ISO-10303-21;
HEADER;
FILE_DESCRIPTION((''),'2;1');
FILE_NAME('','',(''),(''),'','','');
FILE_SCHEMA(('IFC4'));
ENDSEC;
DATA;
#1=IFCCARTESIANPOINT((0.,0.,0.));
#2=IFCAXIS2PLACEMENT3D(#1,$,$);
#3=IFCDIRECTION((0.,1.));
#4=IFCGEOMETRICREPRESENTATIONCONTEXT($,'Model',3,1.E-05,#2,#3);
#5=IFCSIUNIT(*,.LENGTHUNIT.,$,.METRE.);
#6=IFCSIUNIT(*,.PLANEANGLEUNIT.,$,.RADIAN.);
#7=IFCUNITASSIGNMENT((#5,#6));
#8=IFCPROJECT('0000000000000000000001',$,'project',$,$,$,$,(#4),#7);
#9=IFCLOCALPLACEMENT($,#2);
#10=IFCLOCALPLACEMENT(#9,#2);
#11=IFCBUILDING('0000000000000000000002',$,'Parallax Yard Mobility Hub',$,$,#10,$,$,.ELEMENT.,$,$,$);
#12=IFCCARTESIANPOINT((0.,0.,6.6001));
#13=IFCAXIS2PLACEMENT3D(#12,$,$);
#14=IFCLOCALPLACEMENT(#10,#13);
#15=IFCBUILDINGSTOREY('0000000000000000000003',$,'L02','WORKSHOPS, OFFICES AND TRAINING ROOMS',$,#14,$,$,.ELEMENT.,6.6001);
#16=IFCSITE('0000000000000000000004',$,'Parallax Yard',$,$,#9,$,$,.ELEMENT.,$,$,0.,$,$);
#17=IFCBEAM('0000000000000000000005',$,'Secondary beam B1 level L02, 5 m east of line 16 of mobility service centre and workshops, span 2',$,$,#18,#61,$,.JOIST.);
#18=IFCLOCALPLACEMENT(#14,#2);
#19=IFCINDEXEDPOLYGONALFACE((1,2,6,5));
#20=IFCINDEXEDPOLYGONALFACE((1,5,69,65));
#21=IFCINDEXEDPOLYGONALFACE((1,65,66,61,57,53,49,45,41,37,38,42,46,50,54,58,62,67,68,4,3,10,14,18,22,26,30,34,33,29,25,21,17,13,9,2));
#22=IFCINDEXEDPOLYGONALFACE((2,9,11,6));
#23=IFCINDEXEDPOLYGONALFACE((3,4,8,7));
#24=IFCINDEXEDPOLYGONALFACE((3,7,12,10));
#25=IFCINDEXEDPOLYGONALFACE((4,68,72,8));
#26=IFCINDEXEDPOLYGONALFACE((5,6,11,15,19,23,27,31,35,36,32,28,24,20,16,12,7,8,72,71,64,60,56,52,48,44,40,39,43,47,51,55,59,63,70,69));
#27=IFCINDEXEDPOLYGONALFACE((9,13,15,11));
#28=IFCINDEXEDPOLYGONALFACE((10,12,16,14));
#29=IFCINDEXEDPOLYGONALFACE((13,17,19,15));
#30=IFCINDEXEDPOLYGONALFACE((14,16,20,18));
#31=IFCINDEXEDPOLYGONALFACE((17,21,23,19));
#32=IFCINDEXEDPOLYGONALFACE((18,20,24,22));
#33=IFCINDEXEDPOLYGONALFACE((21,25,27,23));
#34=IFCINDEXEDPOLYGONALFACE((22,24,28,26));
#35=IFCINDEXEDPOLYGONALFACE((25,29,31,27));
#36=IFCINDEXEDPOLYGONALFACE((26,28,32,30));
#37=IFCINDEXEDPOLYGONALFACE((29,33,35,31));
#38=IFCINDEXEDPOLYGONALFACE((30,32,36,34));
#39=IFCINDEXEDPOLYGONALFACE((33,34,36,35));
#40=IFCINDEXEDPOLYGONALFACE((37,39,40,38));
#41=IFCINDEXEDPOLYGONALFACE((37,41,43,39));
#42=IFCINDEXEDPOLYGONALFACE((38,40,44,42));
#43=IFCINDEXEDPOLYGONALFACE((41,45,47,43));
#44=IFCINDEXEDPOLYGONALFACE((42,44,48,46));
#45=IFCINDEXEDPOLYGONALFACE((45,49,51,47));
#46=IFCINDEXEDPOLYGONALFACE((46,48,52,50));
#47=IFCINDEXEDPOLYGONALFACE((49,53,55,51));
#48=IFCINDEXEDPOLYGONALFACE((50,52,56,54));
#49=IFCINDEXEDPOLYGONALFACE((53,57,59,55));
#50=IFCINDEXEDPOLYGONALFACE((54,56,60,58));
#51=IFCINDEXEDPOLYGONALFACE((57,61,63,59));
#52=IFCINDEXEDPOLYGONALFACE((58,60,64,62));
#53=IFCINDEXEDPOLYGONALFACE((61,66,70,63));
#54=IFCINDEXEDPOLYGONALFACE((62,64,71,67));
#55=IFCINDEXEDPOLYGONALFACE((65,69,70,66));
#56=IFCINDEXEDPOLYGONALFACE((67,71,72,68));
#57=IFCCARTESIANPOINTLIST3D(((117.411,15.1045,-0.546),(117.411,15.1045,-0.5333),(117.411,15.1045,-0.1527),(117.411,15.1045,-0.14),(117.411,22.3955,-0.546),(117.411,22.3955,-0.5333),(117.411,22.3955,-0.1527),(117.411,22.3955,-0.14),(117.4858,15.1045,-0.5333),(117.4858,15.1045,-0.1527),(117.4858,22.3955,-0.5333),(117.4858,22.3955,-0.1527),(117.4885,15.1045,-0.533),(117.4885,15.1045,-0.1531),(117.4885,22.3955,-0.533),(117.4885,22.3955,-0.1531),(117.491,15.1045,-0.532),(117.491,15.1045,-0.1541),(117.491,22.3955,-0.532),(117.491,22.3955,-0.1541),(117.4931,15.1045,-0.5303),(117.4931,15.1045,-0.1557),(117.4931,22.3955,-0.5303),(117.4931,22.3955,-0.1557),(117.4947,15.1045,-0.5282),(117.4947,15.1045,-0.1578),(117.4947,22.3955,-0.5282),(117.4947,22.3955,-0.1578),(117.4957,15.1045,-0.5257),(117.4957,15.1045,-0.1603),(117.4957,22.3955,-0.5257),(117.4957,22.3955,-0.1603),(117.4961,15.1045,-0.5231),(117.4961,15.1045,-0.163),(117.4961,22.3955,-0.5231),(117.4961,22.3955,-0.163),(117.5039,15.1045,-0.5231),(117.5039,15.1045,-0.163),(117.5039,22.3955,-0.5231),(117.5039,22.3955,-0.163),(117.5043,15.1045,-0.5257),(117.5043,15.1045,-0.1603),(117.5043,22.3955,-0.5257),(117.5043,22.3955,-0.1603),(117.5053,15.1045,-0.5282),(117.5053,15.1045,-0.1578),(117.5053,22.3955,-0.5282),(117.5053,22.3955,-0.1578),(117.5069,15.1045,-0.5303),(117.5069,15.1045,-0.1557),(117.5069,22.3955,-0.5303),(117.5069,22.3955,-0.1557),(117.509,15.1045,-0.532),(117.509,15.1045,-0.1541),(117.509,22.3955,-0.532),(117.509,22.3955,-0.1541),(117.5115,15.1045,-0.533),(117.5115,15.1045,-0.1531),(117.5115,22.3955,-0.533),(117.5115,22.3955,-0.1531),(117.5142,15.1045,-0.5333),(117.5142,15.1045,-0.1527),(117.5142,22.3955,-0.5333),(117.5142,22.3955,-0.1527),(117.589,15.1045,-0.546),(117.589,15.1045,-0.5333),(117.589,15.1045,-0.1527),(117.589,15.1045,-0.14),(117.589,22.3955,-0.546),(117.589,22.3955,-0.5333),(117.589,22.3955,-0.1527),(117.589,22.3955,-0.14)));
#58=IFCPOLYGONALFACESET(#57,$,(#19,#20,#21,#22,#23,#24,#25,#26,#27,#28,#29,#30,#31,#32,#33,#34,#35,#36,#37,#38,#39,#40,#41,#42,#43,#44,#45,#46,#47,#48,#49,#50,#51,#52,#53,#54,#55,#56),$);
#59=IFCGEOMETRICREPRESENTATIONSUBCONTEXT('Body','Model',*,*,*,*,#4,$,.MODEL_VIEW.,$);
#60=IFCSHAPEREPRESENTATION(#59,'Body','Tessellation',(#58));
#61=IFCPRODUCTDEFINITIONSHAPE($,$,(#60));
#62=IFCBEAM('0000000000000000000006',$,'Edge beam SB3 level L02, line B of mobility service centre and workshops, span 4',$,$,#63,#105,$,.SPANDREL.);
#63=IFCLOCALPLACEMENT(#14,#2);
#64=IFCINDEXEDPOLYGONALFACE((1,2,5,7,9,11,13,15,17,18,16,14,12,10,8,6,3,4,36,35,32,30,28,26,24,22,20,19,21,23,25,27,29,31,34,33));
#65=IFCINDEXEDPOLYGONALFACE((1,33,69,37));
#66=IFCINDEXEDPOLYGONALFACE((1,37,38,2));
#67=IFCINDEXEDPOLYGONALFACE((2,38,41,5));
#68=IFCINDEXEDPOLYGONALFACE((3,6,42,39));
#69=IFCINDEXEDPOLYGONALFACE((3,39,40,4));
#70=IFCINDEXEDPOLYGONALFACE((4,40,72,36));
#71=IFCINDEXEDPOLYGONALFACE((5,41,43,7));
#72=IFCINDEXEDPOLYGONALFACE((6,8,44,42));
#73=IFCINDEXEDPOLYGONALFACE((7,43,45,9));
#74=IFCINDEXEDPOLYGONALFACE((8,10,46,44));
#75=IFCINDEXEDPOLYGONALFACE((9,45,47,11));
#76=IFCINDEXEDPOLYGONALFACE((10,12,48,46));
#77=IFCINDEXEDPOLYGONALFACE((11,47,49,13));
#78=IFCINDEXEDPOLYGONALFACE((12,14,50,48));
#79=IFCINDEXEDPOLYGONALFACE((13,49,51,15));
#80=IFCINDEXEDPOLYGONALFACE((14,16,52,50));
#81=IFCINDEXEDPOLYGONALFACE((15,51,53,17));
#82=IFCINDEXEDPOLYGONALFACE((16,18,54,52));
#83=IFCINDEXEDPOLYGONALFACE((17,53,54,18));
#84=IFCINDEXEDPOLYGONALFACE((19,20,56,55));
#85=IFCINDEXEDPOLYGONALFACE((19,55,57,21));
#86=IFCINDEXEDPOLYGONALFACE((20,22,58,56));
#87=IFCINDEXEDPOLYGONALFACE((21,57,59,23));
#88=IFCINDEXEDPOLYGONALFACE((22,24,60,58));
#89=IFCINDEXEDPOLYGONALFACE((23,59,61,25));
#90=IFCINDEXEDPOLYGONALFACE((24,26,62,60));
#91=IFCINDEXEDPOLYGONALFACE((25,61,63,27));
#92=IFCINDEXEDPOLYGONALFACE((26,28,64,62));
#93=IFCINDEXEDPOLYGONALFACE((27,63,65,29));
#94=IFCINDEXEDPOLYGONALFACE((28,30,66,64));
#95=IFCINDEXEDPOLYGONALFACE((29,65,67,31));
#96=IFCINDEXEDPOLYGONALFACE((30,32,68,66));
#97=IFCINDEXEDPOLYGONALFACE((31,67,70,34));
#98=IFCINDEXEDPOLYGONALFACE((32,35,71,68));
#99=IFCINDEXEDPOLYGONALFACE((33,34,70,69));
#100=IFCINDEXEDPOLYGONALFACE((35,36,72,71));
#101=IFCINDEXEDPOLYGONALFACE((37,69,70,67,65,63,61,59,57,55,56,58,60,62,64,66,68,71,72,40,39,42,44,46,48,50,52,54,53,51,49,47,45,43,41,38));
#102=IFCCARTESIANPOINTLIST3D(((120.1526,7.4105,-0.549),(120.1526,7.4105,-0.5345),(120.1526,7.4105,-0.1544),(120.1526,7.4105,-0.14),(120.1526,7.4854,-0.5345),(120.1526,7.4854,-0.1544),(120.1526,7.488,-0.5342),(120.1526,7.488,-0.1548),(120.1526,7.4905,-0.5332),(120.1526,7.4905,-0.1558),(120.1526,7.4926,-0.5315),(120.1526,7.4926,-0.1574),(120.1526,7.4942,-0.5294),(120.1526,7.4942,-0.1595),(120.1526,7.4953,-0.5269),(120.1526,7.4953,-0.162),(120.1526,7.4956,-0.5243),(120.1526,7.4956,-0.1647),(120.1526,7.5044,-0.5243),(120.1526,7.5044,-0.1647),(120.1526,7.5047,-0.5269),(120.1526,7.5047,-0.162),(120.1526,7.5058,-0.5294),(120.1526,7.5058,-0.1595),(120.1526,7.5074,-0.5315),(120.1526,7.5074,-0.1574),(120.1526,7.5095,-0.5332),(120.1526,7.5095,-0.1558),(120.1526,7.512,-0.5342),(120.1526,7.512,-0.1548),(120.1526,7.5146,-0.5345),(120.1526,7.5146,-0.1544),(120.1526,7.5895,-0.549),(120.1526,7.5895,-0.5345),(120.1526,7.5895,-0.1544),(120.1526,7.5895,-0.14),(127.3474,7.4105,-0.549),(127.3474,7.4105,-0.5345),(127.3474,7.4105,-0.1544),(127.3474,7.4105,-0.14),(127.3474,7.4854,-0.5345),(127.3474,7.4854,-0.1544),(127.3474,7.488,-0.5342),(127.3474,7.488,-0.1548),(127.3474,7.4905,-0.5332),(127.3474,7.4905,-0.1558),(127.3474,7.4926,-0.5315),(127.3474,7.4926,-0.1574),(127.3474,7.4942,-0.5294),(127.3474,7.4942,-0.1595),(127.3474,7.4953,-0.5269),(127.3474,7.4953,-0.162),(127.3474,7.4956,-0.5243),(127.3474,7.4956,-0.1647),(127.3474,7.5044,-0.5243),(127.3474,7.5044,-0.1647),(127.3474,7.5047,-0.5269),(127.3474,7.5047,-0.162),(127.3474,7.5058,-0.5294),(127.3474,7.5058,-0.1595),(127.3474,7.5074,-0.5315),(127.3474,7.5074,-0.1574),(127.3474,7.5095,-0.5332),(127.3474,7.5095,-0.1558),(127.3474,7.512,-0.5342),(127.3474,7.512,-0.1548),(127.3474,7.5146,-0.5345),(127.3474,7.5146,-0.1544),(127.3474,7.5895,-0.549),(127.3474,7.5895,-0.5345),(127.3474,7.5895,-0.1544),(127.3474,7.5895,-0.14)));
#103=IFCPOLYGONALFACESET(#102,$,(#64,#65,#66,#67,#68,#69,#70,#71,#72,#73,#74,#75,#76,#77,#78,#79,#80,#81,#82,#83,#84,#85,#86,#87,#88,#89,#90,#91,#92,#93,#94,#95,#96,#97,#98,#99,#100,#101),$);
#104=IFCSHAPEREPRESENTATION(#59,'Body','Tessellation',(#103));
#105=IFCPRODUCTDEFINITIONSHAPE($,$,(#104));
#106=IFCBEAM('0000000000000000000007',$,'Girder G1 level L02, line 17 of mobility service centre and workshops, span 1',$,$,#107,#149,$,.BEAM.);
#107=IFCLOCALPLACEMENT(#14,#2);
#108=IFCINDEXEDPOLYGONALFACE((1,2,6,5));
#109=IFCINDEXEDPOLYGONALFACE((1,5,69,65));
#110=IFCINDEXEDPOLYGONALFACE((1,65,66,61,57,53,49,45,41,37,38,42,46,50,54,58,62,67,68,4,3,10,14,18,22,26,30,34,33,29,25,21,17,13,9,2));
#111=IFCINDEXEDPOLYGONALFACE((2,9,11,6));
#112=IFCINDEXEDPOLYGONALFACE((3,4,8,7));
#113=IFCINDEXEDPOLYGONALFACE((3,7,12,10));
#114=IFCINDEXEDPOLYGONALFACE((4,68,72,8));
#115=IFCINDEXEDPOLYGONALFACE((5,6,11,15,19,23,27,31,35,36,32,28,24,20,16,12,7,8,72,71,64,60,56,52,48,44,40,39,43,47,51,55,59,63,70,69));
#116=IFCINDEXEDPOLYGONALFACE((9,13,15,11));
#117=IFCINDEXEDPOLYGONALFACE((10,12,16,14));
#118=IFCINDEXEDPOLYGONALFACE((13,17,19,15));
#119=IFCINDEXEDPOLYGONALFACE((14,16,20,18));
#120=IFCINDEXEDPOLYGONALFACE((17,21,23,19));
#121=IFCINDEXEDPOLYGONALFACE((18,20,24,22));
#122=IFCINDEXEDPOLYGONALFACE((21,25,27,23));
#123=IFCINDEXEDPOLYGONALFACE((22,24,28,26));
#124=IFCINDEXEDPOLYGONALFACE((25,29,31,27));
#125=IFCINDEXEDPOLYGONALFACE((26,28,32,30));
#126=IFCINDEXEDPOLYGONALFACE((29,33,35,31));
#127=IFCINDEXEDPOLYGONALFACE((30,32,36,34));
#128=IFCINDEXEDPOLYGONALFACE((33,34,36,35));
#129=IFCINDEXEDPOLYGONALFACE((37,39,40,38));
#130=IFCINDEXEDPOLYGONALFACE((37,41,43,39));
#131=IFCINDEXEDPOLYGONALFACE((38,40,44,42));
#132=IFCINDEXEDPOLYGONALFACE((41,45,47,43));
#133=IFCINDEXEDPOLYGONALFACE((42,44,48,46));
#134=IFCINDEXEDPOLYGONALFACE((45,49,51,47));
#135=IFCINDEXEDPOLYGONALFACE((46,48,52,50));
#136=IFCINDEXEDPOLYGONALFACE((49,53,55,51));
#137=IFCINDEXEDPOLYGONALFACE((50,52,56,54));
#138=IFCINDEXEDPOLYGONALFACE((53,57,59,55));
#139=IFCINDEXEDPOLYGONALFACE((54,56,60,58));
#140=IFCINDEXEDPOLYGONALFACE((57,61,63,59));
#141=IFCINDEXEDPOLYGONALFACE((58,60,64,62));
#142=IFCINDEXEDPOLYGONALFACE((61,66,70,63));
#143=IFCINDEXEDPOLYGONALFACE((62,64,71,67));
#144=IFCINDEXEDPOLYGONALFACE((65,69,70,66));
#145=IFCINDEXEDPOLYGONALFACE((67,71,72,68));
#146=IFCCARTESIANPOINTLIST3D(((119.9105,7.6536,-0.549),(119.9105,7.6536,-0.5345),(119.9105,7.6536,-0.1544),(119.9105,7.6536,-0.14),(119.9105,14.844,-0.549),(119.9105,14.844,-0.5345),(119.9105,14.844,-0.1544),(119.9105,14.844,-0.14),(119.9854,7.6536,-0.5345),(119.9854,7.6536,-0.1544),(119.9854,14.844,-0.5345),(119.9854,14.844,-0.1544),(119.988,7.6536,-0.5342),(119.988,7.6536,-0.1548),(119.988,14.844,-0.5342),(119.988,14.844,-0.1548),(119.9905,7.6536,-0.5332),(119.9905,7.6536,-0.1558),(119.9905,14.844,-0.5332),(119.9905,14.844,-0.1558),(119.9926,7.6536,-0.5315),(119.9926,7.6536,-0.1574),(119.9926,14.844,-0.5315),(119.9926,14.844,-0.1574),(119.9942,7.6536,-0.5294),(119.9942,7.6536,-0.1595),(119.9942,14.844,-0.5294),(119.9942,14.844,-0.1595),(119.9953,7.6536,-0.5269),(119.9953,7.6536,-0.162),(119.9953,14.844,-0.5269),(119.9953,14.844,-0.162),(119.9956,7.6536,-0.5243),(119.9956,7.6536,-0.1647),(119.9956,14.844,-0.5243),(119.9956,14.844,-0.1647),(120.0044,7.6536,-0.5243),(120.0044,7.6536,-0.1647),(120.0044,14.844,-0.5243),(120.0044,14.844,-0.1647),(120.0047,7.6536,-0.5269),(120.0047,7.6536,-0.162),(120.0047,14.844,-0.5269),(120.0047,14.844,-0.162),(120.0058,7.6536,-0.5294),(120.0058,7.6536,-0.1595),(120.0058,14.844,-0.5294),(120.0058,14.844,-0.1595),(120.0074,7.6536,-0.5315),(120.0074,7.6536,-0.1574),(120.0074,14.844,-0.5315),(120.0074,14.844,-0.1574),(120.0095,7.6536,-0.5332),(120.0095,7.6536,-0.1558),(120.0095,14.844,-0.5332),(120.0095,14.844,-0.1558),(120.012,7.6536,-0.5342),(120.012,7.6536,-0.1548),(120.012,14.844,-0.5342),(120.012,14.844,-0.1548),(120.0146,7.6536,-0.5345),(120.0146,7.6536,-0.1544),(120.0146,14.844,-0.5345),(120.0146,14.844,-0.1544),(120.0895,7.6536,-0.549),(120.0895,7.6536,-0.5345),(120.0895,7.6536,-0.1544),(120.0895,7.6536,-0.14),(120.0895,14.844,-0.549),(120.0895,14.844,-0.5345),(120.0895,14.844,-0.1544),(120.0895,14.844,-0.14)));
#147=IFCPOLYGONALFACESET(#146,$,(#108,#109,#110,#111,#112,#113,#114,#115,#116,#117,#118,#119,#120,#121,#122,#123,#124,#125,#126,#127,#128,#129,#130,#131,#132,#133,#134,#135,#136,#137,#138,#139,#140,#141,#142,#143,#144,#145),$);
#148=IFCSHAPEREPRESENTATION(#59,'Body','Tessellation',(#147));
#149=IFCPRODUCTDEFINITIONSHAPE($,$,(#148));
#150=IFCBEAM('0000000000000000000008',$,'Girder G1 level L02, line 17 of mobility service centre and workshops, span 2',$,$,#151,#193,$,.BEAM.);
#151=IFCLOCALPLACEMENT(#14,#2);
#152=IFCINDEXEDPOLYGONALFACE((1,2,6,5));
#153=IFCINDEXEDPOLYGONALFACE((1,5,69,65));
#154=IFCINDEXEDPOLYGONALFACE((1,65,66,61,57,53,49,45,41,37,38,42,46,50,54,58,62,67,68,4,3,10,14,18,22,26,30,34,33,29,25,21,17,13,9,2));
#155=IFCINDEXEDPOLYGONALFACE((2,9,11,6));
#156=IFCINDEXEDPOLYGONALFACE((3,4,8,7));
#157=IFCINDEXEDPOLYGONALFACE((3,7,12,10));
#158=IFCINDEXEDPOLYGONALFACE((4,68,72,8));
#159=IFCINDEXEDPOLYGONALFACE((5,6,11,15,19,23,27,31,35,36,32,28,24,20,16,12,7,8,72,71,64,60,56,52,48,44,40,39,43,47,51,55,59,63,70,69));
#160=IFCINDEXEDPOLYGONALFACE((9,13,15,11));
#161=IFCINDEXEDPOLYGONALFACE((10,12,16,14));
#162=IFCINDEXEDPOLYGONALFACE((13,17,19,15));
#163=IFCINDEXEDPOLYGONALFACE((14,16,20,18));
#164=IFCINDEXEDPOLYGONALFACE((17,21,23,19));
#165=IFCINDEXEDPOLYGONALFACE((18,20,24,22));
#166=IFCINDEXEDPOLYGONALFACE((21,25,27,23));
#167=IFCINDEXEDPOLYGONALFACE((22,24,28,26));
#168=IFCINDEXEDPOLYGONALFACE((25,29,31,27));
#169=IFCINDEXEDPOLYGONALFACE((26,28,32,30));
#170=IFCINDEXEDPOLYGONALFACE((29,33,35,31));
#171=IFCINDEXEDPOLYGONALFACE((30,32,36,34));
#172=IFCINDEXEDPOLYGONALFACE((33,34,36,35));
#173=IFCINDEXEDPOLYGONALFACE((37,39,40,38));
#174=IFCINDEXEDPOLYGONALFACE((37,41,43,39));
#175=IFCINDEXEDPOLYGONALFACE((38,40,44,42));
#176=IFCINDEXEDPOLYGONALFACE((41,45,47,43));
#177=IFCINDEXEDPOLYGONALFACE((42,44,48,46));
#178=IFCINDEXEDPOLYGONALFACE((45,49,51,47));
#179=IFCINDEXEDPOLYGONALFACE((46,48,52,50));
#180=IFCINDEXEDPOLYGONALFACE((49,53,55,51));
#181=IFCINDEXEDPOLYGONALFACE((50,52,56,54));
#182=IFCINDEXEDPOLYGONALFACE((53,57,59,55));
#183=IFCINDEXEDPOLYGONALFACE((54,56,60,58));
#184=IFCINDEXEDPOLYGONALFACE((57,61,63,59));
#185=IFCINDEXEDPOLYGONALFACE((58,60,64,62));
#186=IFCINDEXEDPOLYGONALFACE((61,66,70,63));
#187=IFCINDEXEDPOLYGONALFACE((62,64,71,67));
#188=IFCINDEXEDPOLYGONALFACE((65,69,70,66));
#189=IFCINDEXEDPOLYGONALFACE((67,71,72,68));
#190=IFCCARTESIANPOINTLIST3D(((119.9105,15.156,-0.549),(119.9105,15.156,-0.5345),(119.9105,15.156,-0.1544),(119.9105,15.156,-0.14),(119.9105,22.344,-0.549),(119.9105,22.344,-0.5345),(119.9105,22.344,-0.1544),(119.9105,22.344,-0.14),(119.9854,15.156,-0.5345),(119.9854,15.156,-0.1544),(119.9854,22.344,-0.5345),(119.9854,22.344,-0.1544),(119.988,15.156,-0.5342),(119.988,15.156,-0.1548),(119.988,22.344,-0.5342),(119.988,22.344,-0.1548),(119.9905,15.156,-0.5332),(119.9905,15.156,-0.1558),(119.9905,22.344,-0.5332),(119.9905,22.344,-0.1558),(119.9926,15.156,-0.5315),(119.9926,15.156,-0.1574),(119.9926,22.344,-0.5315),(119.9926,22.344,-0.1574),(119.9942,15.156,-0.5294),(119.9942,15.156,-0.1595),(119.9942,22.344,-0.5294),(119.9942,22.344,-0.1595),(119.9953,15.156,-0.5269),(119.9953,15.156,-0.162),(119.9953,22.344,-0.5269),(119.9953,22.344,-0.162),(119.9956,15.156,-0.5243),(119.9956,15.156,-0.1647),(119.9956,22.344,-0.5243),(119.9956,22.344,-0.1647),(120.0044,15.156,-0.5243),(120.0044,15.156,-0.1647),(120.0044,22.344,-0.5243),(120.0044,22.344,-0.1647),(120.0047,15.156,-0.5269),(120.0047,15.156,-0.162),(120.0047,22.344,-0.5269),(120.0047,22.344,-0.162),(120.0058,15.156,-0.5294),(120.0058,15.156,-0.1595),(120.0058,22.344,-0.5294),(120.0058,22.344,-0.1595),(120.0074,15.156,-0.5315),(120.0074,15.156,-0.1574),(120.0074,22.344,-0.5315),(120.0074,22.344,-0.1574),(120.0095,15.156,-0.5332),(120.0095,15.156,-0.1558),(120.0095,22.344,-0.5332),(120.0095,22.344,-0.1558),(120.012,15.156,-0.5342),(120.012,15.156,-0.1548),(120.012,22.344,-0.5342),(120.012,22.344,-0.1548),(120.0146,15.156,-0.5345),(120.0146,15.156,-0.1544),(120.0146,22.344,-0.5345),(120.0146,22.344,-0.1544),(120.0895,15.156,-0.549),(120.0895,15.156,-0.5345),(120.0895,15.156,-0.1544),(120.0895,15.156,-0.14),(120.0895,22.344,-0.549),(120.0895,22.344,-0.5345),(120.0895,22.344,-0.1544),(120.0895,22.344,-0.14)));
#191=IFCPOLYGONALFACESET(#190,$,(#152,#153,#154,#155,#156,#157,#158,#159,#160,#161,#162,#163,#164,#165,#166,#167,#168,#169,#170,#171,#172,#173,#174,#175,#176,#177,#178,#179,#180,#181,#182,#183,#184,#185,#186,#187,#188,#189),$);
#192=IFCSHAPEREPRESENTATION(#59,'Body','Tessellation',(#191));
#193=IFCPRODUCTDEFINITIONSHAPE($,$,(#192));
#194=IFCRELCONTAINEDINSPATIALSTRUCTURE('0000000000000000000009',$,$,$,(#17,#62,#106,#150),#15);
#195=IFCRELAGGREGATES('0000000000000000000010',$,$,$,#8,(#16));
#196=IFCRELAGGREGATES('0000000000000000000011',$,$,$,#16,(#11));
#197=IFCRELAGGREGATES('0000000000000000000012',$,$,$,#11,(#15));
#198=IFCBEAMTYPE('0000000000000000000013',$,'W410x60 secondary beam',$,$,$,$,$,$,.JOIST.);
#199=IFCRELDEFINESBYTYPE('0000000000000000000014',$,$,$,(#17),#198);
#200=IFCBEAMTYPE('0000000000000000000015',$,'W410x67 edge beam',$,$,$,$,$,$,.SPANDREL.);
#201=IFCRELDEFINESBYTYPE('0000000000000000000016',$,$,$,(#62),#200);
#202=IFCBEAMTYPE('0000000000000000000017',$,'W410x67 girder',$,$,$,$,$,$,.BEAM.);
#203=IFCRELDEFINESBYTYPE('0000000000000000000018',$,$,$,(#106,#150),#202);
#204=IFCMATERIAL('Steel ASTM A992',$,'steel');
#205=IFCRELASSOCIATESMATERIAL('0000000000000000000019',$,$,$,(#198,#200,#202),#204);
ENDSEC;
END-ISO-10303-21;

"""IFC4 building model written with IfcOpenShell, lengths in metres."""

from ifc_helpers import new_model, si_unit, direction, frame, origin, origin_2d, place, context, subcontext, project, spatial, i_section, extrude, material, material_profile, profile_set, type_object, element, save


model = new_model("IFC4")

# Units and contexts
model_context = context("Model", 3, precision=1e-05, world=origin(), true_north=direction((0.0, 1.0)))
body_context = subcontext(model_context, "Body", "Model", "MODEL_VIEW")
ifc_project = project(units=[si_unit("LENGTHUNIT", "METRE"), si_unit("PLANEANGLEUNIT", "RADIAN")], contexts=[model_context])

# Site, building, storey
site_placement = place(None, origin())
site = spatial("IfcSite", under=ifc_project, at=site_placement, Name="Parallax Yard", CompositionType="ELEMENT", RefElevation=0.0)
building_placement = place(site_placement, origin())
building = spatial("IfcBuilding", under=site, at=building_placement, Name="Parallax Yard Mobility Hub", CompositionType="ELEMENT")
storey_placement = place(building_placement, frame((0.0, 0.0, 6.6001)))
storey = spatial("IfcBuildingStorey", under=building, at=storey_placement, Name="L02", Description="WORKSHOPS, OFFICES AND TRAINING ROOMS", CompositionType="ELEMENT", Elevation=6.6001)

# Shared definitions
ifc_material_1 = material(Name="Steel ASTM A992", Category="steel")

# Beams
ifc_material_profile_1 = material_profile(ifc_material_1, i_section(OverallWidth=0.178, OverallDepth=0.406, WebThickness=0.0078, FlangeThickness=0.0127, FilletRadius=0.0103, at=origin_2d()), Name="W410x60")
ifc_profile_set_1 = profile_set([ifc_material_profile_1], Name="Steel ASTM A992")
beam_type_1 = type_object("IfcBeamType", Name="W410x60 secondary beam", PredefinedType="JOIST", material=ifc_profile_set_1)
beam_1_placement = place(storey_placement, frame((117.5, 15.1045, -0.343), z_axis=(0.0, 1.0, 0.0), x_axis=(-1.0, 0.0, 0.0)))
element("IfcBeam", 1, at=beam_1_placement, inside=storey, type_object=beam_type_1, Name="Secondary beam B1 level L02, 5 m east of line 16 of mobility service centre and workshops, span 2", PredefinedType="JOIST", context=body_context, shape_type="SweptSolid", body=[
    extrude(i_section(OverallWidth=0.178, OverallDepth=0.406, WebThickness=0.0078, FlangeThickness=0.0127, FilletRadius=0.0103, at=origin_2d()), origin(), (0.0, 0.0, 1.0), 7.291),
])
ifc_material_profile_2 = material_profile(ifc_material_1, i_section(OverallWidth=0.179, OverallDepth=0.4089, WebThickness=0.0088, FlangeThickness=0.0144, FilletRadius=0.0103, at=origin_2d()), Name="W410x67")
ifc_profile_set_2 = profile_set([ifc_material_profile_2], Name="Steel ASTM A992")
beam_type_2 = type_object("IfcBeamType", Name="W410x67 edge beam", PredefinedType="SPANDREL", material=ifc_profile_set_2)
beam_2_placement = place(storey_placement, frame((120.1526, 7.5, -0.3445), z_axis=(1.0, 0.0, 0.0), x_axis=(0.0, 1.0, 0.0)))
element("IfcBeam", 2, at=beam_2_placement, inside=storey, type_object=beam_type_2, Name="Edge beam SB3 level L02, line B of mobility service centre and workshops, span 4", PredefinedType="SPANDREL", context=body_context, shape_type="SweptSolid", body=[
    extrude(i_section(OverallWidth=0.179, OverallDepth=0.4089, WebThickness=0.0088, FlangeThickness=0.0144, FilletRadius=0.0103, at=origin_2d()), origin(), (0.0, 0.0, 1.0), 7.1948),
])
ifc_material_profile_3 = material_profile(ifc_material_1, i_section(OverallWidth=0.179, OverallDepth=0.4089, WebThickness=0.0088, FlangeThickness=0.0144, FilletRadius=0.0103, at=origin_2d()), Name="W410x67")
ifc_profile_set_3 = profile_set([ifc_material_profile_3], Name="Steel ASTM A992")
beam_type_3 = type_object("IfcBeamType", Name="W410x67 girder", PredefinedType="BEAM", material=ifc_profile_set_3)
beam_3_placement = place(storey_placement, frame((120.0, 7.6536, -0.3445), z_axis=(0.0, 1.0, 0.0), x_axis=(-1.0, 0.0, 0.0)))
element("IfcBeam", 3, at=beam_3_placement, inside=storey, type_object=beam_type_3, Name="Girder G1 level L02, line 17 of mobility service centre and workshops, span 1", PredefinedType="BEAM", context=body_context, shape_type="SweptSolid", body=[
    extrude(i_section(OverallWidth=0.179, OverallDepth=0.4089, WebThickness=0.0088, FlangeThickness=0.0144, FilletRadius=0.0103, at=origin_2d()), origin(), (0.0, 0.0, 1.0), 7.1904),
])
beam_4_placement = place(storey_placement, frame((120.0, 15.156, -0.3445), z_axis=(0.0, 1.0, 0.0), x_axis=(-1.0, 0.0, 0.0)))
element("IfcBeam", 4, at=beam_4_placement, inside=storey, type_object=beam_type_3, Name="Girder G1 level L02, line 17 of mobility service centre and workshops, span 2", PredefinedType="BEAM", context=body_context, shape_type="SweptSolid", body=[
    extrude(i_section(OverallWidth=0.179, OverallDepth=0.4089, WebThickness=0.0088, FlangeThickness=0.0144, FilletRadius=0.0103, at=origin_2d()), origin(), (0.0, 0.0, 1.0), 7.188),
])

save(model, "model.ifc")
